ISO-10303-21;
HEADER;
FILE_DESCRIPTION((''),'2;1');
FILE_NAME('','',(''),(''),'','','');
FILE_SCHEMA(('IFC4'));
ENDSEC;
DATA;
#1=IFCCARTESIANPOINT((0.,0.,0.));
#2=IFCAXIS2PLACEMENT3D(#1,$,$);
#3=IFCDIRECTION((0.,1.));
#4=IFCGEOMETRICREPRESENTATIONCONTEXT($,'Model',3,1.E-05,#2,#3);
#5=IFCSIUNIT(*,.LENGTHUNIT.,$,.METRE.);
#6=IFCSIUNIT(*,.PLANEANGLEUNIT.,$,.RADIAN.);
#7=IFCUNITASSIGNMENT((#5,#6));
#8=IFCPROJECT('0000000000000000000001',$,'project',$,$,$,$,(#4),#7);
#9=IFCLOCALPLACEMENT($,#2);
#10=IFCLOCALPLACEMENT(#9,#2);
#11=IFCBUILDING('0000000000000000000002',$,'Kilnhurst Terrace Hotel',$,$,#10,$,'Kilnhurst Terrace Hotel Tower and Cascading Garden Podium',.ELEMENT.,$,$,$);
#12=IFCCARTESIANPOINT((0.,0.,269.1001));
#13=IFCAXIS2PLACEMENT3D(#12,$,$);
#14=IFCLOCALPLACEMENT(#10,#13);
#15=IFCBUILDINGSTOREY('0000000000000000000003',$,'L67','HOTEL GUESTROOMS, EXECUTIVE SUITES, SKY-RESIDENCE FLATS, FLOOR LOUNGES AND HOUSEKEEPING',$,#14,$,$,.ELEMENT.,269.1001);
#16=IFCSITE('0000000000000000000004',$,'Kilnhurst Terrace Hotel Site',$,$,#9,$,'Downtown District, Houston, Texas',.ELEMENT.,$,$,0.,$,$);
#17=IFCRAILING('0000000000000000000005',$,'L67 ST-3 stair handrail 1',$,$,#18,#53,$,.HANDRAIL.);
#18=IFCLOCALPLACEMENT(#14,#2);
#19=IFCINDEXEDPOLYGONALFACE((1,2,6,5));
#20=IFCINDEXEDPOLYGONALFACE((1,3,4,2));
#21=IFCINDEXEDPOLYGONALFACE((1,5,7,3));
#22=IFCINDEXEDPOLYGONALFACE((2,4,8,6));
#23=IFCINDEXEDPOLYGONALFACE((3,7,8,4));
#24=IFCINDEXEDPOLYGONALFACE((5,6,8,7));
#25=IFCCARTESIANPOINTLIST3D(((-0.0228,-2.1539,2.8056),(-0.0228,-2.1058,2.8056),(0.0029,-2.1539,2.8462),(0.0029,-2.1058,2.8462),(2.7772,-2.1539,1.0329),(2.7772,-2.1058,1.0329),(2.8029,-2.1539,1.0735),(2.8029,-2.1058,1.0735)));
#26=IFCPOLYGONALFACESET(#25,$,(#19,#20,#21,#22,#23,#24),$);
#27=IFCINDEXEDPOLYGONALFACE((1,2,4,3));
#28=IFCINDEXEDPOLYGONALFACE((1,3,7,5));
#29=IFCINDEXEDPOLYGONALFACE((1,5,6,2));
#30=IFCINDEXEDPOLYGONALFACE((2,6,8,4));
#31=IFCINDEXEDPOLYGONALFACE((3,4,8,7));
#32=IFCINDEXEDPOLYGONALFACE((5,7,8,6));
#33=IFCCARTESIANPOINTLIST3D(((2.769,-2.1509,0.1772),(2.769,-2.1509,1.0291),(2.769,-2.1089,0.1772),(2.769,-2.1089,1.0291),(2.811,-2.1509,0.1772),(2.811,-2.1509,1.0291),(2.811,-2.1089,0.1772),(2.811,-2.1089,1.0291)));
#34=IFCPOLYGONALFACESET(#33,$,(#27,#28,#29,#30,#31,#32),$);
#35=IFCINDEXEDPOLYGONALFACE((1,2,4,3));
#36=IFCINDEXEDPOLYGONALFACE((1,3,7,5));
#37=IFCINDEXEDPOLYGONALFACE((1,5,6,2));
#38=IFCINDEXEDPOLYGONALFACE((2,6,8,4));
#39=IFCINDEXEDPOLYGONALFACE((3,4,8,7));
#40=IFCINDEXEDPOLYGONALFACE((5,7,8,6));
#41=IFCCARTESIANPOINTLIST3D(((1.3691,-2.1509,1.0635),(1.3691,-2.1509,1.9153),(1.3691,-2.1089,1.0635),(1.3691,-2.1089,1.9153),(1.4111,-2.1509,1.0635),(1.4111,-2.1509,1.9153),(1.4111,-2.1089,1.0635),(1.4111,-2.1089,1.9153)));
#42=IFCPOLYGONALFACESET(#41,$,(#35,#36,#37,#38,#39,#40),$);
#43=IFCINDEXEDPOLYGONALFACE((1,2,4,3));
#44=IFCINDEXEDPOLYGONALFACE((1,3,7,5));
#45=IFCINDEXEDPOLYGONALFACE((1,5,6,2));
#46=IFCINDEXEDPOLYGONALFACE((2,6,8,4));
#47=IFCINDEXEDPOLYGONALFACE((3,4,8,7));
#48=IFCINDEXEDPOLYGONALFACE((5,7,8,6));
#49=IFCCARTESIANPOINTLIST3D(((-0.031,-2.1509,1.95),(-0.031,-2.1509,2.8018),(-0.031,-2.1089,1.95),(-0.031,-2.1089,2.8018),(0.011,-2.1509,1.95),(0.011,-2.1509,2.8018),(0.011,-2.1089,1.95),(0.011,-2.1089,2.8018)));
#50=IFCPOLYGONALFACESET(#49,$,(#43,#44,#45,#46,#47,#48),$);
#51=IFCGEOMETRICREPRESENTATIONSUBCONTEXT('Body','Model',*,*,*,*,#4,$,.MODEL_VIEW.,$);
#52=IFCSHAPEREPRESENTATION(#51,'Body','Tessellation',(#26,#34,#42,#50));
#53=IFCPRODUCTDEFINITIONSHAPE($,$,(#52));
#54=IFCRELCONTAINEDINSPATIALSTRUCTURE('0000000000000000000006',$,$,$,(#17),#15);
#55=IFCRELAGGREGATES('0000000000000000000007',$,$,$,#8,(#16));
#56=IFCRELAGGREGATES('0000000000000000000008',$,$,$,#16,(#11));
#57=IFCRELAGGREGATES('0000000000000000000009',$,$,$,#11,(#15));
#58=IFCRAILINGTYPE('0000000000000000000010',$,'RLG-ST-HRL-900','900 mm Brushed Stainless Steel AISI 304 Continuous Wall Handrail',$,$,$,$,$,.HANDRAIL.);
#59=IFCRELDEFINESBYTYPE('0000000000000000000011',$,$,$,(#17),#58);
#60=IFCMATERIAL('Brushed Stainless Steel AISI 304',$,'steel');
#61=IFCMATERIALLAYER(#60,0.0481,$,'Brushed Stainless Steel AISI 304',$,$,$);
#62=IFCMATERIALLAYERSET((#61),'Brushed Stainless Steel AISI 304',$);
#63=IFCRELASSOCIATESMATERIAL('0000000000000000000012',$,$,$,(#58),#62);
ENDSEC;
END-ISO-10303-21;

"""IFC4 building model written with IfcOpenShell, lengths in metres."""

from ifc_helpers import new_model, si_unit, direction, frame, origin, origin_2d, place, context, subcontext, project, spatial, rectangle, extrude, material, layer, layer_set, type_object, element, save


model = new_model("IFC4")

# Units and contexts
model_context = context("Model", 3, precision=1e-05, world=origin(), true_north=direction((0.0, 1.0)))
body_context = subcontext(model_context, "Body", "Model", "MODEL_VIEW")
ifc_project = project(units=[si_unit("LENGTHUNIT", "METRE"), si_unit("PLANEANGLEUNIT", "RADIAN")], contexts=[model_context])

# Site, building, storey
site_placement = place(None, origin())
site = spatial("IfcSite", under=ifc_project, at=site_placement, Name="Kilnhurst Terrace Hotel Site", LongName="Downtown District, Houston, Texas", CompositionType="ELEMENT", RefElevation=0.0)
building_placement = place(site_placement, origin())
building = spatial("IfcBuilding", under=site, at=building_placement, Name="Kilnhurst Terrace Hotel", LongName="Kilnhurst Terrace Hotel Tower and Cascading Garden Podium", CompositionType="ELEMENT")
storey_placement = place(building_placement, frame((0.0, 0.0, 269.1001)))
storey = spatial("IfcBuildingStorey", under=building, at=storey_placement, Name="L67", Description="HOTEL GUESTROOMS, EXECUTIVE SUITES, SKY-RESIDENCE FLATS, FLOOR LOUNGES AND HOUSEKEEPING", CompositionType="ELEMENT", Elevation=269.1001)

# Railing
ifc_material_1 = material(Name="Brushed Stainless Steel AISI 304", Category="steel")
ifc_layer_1 = layer(ifc_material_1, 0.0481, Name="Brushed Stainless Steel AISI 304")
ifc_layer_set_1 = layer_set([ifc_layer_1], Name="Brushed Stainless Steel AISI 304")
railing_type_1 = type_object("IfcRailingType", Name="RLG-ST-HRL-900", Description="900 mm Brushed Stainless Steel AISI 304 Continuous Wall Handrail", PredefinedType="HANDRAIL", material=ifc_layer_set_1)
railing_1_placement = place(storey_placement, frame((2.79, -2.1299, 0.1772)))
element("IfcRailing", 1, at=railing_1_placement, inside=storey, type_object=railing_type_1, Name="L67 ST-3 stair handrail 1", PredefinedType="HANDRAIL", context=body_context, shape_type="SweptSolid", body=[
    extrude(rectangle(XDim=0.0481, YDim=0.0481, at=origin_2d()), frame((0.0, 0.0, 0.876), z_axis=(-0.844909, 0.0, 0.53491), x_axis=(0.0, -1.0, 0.0)), (0.0, 0.0, 1.0), 3.314),
    extrude(rectangle(XDim=0.042, YDim=0.042, at=origin_2d()), origin(), (0.0, 0.0, 1.0), 0.8518),
    extrude(rectangle(XDim=0.042, YDim=0.042, at=origin_2d()), frame((-1.3999, 0.0, 0.8862)), (0.0, 0.0, 1.0), 0.8518),
    extrude(rectangle(XDim=0.042, YDim=0.042, at=origin_2d()), frame((-2.8, 0.0, 1.7727)), (0.0, 0.0, 1.0), 0.8518),
])

save(model, "model.ifc")
